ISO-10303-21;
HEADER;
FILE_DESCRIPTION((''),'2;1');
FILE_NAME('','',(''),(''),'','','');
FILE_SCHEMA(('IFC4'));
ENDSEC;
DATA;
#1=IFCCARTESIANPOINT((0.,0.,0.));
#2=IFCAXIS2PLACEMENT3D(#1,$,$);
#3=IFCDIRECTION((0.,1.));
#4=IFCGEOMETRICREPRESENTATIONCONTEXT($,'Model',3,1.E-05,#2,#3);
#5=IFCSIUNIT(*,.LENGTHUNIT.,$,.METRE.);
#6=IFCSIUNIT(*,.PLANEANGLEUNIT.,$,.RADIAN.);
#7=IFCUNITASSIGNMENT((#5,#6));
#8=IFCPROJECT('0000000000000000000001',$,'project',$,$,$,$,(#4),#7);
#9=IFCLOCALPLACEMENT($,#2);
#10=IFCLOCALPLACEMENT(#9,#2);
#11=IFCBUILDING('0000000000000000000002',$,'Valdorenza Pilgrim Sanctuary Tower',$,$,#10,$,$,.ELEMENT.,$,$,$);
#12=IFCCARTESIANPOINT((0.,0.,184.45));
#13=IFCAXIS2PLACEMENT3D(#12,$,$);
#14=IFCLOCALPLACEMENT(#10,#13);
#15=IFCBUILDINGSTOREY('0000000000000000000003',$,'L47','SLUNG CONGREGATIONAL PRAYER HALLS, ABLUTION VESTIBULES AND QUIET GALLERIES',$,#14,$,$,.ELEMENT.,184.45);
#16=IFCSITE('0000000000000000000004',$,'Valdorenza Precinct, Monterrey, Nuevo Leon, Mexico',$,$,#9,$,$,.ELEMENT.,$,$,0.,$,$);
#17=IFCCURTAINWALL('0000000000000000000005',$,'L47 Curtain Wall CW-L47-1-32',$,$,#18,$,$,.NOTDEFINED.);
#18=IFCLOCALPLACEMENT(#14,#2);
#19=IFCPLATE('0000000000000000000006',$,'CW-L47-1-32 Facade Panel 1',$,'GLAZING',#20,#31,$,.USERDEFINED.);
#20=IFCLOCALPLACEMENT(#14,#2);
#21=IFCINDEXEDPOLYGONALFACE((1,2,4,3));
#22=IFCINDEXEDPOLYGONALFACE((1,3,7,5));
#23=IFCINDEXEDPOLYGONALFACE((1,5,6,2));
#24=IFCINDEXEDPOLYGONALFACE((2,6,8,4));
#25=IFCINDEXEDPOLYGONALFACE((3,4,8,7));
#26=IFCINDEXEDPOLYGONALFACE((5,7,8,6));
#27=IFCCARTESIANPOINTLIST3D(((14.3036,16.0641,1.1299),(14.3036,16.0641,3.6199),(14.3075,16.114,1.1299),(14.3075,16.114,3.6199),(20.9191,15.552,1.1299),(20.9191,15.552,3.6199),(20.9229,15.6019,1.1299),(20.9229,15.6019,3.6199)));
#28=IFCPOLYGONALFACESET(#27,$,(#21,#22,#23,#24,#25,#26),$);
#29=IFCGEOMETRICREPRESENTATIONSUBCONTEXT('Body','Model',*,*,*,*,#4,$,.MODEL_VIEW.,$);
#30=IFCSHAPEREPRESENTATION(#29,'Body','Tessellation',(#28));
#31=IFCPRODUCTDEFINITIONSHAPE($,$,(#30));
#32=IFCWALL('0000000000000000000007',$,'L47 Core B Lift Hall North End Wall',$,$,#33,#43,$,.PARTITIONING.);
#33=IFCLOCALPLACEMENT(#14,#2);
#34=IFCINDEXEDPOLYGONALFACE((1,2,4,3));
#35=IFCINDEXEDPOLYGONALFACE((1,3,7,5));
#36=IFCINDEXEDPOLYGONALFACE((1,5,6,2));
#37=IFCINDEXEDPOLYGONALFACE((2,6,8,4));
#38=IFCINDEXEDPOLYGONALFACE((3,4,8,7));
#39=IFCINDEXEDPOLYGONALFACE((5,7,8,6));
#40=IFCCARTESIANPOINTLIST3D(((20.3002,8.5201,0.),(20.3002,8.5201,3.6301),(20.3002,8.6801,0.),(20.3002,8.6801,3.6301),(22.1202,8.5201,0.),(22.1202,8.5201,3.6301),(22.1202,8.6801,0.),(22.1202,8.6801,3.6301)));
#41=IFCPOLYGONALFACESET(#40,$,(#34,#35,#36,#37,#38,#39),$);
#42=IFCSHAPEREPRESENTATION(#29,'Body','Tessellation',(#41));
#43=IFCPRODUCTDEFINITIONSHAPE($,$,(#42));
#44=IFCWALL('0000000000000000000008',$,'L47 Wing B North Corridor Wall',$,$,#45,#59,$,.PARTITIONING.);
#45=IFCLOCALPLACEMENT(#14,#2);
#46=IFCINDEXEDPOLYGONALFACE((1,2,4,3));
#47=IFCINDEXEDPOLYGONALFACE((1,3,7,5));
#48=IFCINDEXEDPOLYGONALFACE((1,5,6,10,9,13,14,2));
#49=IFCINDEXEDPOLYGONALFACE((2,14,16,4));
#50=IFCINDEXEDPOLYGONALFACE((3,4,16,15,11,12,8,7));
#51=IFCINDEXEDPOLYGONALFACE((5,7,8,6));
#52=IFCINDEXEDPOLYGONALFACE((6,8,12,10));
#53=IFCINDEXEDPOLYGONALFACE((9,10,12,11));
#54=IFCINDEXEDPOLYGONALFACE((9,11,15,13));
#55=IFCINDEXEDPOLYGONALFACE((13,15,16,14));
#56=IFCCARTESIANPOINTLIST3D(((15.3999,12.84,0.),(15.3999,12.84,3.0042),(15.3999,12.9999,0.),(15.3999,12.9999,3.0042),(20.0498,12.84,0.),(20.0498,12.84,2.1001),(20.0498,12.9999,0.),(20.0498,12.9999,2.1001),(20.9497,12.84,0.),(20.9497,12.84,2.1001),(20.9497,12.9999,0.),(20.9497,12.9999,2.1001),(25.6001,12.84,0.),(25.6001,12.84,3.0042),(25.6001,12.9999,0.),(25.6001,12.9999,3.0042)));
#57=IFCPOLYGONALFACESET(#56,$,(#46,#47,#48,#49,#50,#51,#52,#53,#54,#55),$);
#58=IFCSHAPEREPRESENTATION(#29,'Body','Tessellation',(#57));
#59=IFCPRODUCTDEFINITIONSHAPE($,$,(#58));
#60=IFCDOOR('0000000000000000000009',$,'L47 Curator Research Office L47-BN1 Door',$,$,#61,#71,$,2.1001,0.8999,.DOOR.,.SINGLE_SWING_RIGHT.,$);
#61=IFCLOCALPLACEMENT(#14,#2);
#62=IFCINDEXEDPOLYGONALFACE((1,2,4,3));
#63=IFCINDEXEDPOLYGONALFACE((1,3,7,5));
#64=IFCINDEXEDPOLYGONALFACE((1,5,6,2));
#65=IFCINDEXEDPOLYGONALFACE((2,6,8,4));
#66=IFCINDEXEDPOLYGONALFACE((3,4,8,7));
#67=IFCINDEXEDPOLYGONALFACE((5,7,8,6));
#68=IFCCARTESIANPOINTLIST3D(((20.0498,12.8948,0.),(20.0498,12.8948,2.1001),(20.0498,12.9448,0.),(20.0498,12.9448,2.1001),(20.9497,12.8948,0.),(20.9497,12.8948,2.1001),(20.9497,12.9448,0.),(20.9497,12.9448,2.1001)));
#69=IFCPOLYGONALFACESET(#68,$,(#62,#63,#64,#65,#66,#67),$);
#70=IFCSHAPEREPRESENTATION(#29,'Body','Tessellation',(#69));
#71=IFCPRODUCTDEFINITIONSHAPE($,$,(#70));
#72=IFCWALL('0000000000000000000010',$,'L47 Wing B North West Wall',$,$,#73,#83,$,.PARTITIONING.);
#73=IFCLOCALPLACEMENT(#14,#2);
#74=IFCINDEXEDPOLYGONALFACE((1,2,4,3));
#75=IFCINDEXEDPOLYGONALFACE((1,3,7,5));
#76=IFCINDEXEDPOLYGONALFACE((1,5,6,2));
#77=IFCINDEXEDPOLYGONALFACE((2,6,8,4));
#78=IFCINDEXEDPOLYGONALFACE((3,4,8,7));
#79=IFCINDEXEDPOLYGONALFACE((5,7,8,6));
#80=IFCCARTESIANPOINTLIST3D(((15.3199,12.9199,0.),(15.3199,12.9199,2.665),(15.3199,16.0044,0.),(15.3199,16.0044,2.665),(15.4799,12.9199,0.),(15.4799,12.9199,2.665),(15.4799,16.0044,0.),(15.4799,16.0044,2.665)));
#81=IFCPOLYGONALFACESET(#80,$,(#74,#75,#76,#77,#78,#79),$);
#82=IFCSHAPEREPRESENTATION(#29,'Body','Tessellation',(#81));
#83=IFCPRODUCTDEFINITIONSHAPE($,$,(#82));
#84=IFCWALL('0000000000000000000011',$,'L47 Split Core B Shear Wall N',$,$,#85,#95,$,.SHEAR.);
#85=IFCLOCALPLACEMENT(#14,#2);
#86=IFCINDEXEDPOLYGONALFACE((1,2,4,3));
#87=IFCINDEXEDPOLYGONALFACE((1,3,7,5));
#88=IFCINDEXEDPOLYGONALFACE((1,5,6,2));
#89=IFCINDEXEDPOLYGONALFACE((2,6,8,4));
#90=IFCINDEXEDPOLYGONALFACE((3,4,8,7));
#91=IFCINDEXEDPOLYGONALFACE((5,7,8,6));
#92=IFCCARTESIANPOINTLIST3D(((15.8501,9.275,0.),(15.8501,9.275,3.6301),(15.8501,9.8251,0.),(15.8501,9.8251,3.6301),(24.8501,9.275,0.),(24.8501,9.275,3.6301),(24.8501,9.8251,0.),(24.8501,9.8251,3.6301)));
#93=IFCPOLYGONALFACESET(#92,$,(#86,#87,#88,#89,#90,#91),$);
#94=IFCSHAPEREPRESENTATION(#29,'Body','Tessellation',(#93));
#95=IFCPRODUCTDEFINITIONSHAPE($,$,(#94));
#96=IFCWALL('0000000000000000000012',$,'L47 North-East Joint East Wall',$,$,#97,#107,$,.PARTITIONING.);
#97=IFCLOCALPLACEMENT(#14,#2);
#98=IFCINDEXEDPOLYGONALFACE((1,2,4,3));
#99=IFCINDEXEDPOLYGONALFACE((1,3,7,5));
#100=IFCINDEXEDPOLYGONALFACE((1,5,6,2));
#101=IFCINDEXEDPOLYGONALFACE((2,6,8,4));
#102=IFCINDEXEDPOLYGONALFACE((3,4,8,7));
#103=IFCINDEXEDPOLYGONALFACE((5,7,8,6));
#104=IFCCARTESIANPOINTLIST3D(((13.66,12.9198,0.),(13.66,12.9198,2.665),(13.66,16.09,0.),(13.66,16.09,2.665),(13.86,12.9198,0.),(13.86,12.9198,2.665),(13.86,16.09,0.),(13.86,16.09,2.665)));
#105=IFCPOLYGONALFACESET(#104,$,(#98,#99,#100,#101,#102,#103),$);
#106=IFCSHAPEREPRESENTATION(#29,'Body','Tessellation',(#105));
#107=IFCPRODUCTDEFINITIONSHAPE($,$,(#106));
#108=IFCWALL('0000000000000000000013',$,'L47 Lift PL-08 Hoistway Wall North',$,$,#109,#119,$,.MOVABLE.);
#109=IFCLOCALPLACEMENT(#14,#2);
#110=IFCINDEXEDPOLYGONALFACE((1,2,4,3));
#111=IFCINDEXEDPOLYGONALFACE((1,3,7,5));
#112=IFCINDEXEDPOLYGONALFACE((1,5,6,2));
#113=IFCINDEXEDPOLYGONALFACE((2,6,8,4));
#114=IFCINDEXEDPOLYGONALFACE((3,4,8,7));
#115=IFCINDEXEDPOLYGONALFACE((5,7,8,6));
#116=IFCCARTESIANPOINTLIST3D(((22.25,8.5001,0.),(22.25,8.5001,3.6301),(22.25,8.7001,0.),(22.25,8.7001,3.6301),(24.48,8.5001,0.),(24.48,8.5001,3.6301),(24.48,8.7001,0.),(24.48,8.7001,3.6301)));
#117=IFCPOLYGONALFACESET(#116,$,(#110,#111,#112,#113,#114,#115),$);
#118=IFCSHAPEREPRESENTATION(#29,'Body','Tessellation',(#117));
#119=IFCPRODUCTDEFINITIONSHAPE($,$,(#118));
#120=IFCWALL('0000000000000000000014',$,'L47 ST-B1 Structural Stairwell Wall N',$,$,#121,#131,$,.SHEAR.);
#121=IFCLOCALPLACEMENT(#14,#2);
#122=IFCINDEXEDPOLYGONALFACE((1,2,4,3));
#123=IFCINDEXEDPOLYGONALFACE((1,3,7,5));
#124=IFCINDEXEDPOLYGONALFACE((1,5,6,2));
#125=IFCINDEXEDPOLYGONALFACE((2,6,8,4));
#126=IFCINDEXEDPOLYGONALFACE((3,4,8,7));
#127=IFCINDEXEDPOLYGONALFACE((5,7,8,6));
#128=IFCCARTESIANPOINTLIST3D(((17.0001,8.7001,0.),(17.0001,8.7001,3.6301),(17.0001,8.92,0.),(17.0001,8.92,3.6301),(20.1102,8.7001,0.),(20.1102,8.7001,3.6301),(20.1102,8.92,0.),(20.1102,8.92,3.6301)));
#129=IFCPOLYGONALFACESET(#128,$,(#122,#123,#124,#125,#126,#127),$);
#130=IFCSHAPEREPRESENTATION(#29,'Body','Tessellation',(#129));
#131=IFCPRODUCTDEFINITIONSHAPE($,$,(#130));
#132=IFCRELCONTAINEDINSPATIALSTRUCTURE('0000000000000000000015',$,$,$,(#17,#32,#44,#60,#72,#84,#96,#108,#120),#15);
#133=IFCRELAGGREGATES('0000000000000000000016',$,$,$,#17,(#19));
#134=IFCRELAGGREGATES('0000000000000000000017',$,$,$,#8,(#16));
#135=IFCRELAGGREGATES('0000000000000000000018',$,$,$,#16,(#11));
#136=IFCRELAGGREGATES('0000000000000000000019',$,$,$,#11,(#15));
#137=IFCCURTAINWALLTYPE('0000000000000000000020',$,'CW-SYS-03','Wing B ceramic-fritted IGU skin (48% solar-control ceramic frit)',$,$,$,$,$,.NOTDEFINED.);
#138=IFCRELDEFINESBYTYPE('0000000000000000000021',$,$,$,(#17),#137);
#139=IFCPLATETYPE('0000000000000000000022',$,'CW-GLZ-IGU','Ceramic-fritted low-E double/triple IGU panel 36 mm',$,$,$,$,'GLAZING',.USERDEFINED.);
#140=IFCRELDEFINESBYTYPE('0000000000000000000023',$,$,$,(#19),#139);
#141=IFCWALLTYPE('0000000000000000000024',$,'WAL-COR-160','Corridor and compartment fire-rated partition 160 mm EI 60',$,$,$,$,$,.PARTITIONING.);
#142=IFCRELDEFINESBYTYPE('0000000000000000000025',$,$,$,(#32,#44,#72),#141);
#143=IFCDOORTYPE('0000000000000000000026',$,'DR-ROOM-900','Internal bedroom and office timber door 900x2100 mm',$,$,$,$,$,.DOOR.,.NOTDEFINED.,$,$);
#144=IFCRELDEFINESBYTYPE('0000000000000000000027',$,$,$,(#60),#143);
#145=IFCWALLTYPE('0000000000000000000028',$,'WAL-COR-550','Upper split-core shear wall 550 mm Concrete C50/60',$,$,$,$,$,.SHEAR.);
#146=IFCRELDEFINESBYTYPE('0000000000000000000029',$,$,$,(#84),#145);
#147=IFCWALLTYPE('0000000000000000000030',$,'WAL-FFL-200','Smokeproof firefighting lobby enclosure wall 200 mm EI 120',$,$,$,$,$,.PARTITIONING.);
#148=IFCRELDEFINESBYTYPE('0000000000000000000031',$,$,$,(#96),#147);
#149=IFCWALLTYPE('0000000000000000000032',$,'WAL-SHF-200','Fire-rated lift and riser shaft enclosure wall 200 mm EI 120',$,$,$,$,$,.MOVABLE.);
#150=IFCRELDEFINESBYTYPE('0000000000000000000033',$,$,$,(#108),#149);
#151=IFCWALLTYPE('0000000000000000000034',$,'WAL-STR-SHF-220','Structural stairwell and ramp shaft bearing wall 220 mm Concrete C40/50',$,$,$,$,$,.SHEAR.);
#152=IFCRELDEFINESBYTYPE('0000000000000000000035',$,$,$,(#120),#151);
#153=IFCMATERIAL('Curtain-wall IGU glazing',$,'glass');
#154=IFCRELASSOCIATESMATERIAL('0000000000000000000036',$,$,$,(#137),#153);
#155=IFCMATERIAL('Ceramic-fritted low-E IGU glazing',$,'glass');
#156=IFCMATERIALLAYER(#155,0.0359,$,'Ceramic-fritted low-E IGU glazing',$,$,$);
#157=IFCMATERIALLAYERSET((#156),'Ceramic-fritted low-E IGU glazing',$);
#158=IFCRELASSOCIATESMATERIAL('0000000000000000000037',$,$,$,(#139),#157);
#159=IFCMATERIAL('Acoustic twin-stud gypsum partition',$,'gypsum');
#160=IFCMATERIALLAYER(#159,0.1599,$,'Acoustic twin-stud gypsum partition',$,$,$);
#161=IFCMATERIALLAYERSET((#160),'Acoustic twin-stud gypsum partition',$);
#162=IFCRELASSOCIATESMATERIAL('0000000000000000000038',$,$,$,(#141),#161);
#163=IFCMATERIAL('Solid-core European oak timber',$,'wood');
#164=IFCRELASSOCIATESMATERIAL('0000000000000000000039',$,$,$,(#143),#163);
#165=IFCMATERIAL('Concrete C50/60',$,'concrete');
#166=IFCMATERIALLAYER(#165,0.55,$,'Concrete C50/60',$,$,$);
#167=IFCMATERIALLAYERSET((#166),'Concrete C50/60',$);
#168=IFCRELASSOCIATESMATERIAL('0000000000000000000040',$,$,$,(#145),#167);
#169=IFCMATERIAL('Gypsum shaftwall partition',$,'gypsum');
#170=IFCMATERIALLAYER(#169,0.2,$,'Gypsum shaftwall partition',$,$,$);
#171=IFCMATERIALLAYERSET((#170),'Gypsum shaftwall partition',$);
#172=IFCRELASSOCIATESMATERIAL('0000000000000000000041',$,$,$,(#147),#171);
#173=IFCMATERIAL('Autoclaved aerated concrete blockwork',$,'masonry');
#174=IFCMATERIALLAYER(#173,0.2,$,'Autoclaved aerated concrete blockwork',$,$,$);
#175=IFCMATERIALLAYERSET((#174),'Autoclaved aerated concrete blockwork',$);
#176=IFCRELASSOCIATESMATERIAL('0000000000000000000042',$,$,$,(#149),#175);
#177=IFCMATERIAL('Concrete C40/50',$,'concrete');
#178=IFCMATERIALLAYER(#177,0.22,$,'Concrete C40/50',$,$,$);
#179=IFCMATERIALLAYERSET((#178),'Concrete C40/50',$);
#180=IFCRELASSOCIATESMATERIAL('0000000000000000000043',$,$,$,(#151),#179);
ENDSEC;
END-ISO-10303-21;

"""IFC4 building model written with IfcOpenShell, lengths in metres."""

from ifc_helpers import new_model, si_unit, direction, frame, frame_2d, origin, origin_2d, place, context, subcontext, project, spatial, rectangle, extrude, source, transform, mapped, material, layer, layer_set, type_object, element, fill, aggregate, save


model = new_model("IFC4")

# Units and contexts
model_context = context("Model", 3, precision=1e-05, world=origin(), true_north=direction((0.0, 1.0)))
body_context = subcontext(model_context, "Body", "Model", "MODEL_VIEW")
ifc_project = project(units=[si_unit("LENGTHUNIT", "METRE"), si_unit("PLANEANGLEUNIT", "RADIAN")], contexts=[model_context])

# Site, building, storey
site_placement = place(None, origin())
site = spatial("IfcSite", under=ifc_project, at=site_placement, Name="Valdorenza Precinct, Monterrey, Nuevo Leon, Mexico", CompositionType="ELEMENT", RefElevation=0.0)
building_placement = place(site_placement, origin())
building = spatial("IfcBuilding", under=site, at=building_placement, Name="Valdorenza Pilgrim Sanctuary Tower", CompositionType="ELEMENT")
storey_placement = place(building_placement, frame((0.0, 0.0, 184.45)))
storey = spatial("IfcBuildingStorey", under=building, at=storey_placement, Name="L47", Description="SLUNG CONGREGATIONAL PRAYER HALLS, ABLUTION VESTIBULES AND QUIET GALLERIES", CompositionType="ELEMENT", Elevation=184.45)

# Shared definitions
ifc_material_1 = material(Name="Concrete C50/60", Category="concrete")

# Curtain wall
ifc_material_2 = material(Name="Curtain-wall IGU glazing", Category="glass")
curtain_wall_type_1 = type_object("IfcCurtainWallType", Name="CW-SYS-03", Description="Wing B ceramic-fritted IGU skin (48% solar-control ceramic frit)", PredefinedType="NOTDEFINED", material=ifc_material_2)
curtain_wall_1_placement = place(storey_placement, origin())
curtain_wall_1 = element("IfcCurtainWall", 1, at=curtain_wall_1_placement, inside=storey, type_object=curtain_wall_type_1, Name="L47 Curtain Wall CW-L47-1-32", PredefinedType="NOTDEFINED")

# Plate
ifc_material_3 = material(Name="Ceramic-fritted low-E IGU glazing", Category="glass")
ifc_layer_1 = layer(ifc_material_3, 0.0359, Name="Ceramic-fritted low-E IGU glazing")
ifc_layer_set_1 = layer_set([ifc_layer_1], Name="Ceramic-fritted low-E IGU glazing")
plate_type_1 = type_object("IfcPlateType", Name="CW-GLZ-IGU", Description="Ceramic-fritted low-E double/triple IGU panel 36 mm", ElementType="GLAZING", PredefinedType="USERDEFINED", material=ifc_layer_set_1)
shared_shape_1 = source(origin(), body_context, "Body", "SweptSolid", [
    extrude(rectangle(XDim=6.6353, YDim=0.05, at=origin_2d()), origin(), (0.0, 0.0, 1.0), 2.49),
])
plate_1_placement = place(storey_placement, frame((17.6133, 15.833, 1.1299), z_axis=(0.0, 0.0, 1.0), x_axis=(0.997016, -0.077189, 0.0)))
plate_1 = element("IfcPlate", 2, at=plate_1_placement, type_object=plate_type_1, Name="CW-L47-1-32 Facade Panel 1", ObjectType="GLAZING", PredefinedType="USERDEFINED", context=body_context, shape_type="MappedRepresentation", body=[
    mapped(shared_shape_1, transform((0.0, 0.0, 0.0), x_axis=(1.0, 0.0, 0.0), y_axis=(0.0, 1.0, 0.0), z_axis=(0.0, 0.0, 1.0), scale=1.0)),
])
aggregate(curtain_wall_1, [plate_1])

# Wall
ifc_material_4 = material(Name="Acoustic twin-stud gypsum partition", Category="gypsum")
ifc_layer_2 = layer(ifc_material_4, 0.1599, Name="Acoustic twin-stud gypsum partition")
ifc_layer_set_2 = layer_set([ifc_layer_2], Name="Acoustic twin-stud gypsum partition")
wall_type_1 = type_object("IfcWallType", Name="WAL-COR-160", Description="Corridor and compartment fire-rated partition 160 mm EI 60", PredefinedType="PARTITIONING", material=ifc_layer_set_2)
wall_1_placement = place(storey_placement, frame((20.3, 8.6001, 0.0), z_axis=(0.0, 0.0, 1.0), x_axis=(1.0, 0.0, 0.0)))
element("IfcWall", 3, at=wall_1_placement, inside=storey, type_object=wall_type_1, Name="L47 Core B Lift Hall North End Wall", PredefinedType="PARTITIONING", context=body_context, shape_type="SweptSolid", body=[
    extrude(rectangle(XDim=1.8201, YDim=0.1599, at=frame_2d((0.9102, 0.0))), origin(), (0.0, 0.0, 1.0), 3.6301),
])

# Wall, opening, door
wall_2_placement = place(storey_placement, frame((15.3999, 12.9199, 0.0), z_axis=(0.0, 0.0, 1.0), x_axis=(1.0, 0.0, 0.0)))
wall_2 = element("IfcWall", 4, at=wall_2_placement, inside=storey, type_object=wall_type_1, Name="L47 Wing B North Corridor Wall", PredefinedType="PARTITIONING", context=body_context, shape_type="SweptSolid", body=[
    extrude(rectangle(XDim=10.2002, YDim=0.1599, at=frame_2d((5.1001, 0.0))), origin(), (0.0, 0.0, 1.0), 3.0042),
])
opening_1_placement = place(wall_2_placement, frame((4.6499, 0.0, 0.0)))
opening_1 = element("IfcOpeningElement", 5, at=opening_1_placement, cuts=wall_2, PredefinedType="OPENING", context=body_context, shape_type="SweptSolid", body=[
    extrude(rectangle(XDim=0.8999, YDim=2.1001, at=frame_2d((0.45, 1.05))), frame((0.0, 0.0947, 0.0), z_axis=(0.0, -1.0, 0.0), x_axis=(1.0, 0.0, 0.0)), (0.0, 0.0, 1.0), 0.1897),
])
ifc_material_5 = material(Name="Solid-core European oak timber", Category="wood")
door_type_1 = type_object("IfcDoorType", Name="DR-ROOM-900", Description="Internal bedroom and office timber door 900x2100 mm", OperationType="NOTDEFINED", PredefinedType="DOOR", material=ifc_material_5)
door_1_placement = place(opening_1_placement, origin())
door_1 = element("IfcDoor", 6, at=door_1_placement, inside=storey, type_object=door_type_1, Name="L47 Curator Research Office L47-BN1 Door", OperationType="SINGLE_SWING_RIGHT", OverallHeight=2.1001, OverallWidth=0.8999, PredefinedType="DOOR", context=body_context, shape_type="SweptSolid", body=[
    extrude(rectangle(XDim=0.8999, YDim=2.1001, at=frame_2d((0.45, 1.05))), frame((0.0, 0.0249, 0.0), z_axis=(0.0, -1.0, 0.0), x_axis=(1.0, 0.0, 0.0)), (0.0, 0.0, 1.0), 0.05),
])
fill(opening_1, door_1)

# Walls
wall_3_placement = place(storey_placement, frame((15.3999, 12.9199, 0.0), z_axis=(0.0, 0.0, 1.0), x_axis=(0.0, 1.0, 0.0)))
element("IfcWall", 7, at=wall_3_placement, inside=storey, type_object=wall_type_1, Name="L47 Wing B North West Wall", PredefinedType="PARTITIONING", context=body_context, shape_type="SweptSolid", body=[
    extrude(rectangle(XDim=3.0845, YDim=0.1599, at=frame_2d((1.5422, 0.0))), origin(), (0.0, 0.0, 1.0), 2.665),
])
ifc_layer_3 = layer(ifc_material_1, 0.55, Name="Concrete C50/60")
ifc_layer_set_3 = layer_set([ifc_layer_3], Name="Concrete C50/60")
wall_type_2 = type_object("IfcWallType", Name="WAL-COR-550", Description="Upper split-core shear wall 550 mm Concrete C50/60", PredefinedType="SHEAR", material=ifc_layer_set_3)
wall_4_placement = place(storey_placement, frame((15.8501, 9.55, 0.0), z_axis=(0.0, 0.0, 1.0), x_axis=(1.0, 0.0, 0.0)))
element("IfcWall", 8, at=wall_4_placement, inside=storey, type_object=wall_type_2, Name="L47 Split Core B Shear Wall N", PredefinedType="SHEAR", context=body_context, shape_type="SweptSolid", body=[
    extrude(rectangle(XDim=9.0, YDim=0.55, at=frame_2d((4.5, 0.0))), origin(), (0.0, 0.0, 1.0), 3.6301),
])
ifc_material_6 = material(Name="Gypsum shaftwall partition", Category="gypsum")
ifc_layer_4 = layer(ifc_material_6, 0.2, Name="Gypsum shaftwall partition")
ifc_layer_set_4 = layer_set([ifc_layer_4], Name="Gypsum shaftwall partition")
wall_type_3 = type_object("IfcWallType", Name="WAL-FFL-200", Description="Smokeproof firefighting lobby enclosure wall 200 mm EI 120", PredefinedType="PARTITIONING", material=ifc_layer_set_4)
wall_5_placement = place(storey_placement, frame((13.76, 12.9199, 0.0), z_axis=(0.0, 0.0, 1.0), x_axis=(0.0, 1.0, 0.0)))
element("IfcWall", 9, at=wall_5_placement, inside=storey, type_object=wall_type_3, Name="L47 North-East Joint East Wall", PredefinedType="PARTITIONING", context=body_context, shape_type="SweptSolid", body=[
    extrude(rectangle(XDim=3.1702, YDim=0.2, at=frame_2d((1.585, 0.0))), origin(), (0.0, 0.0, 1.0), 2.665),
])

# Walls
ifc_material_7 = material(Name="Autoclaved aerated concrete blockwork", Category="masonry")
ifc_layer_5 = layer(ifc_material_7, 0.2, Name="Autoclaved aerated concrete blockwork")
ifc_layer_set_5 = layer_set([ifc_layer_5], Name="Autoclaved aerated concrete blockwork")
wall_type_4 = type_object("IfcWallType", Name="WAL-SHF-200", Description="Fire-rated lift and riser shaft enclosure wall 200 mm EI 120", PredefinedType="MOVABLE", material=ifc_layer_set_5)
wall_6_placement = place(storey_placement, frame((22.25, 8.6001, 0.0), z_axis=(0.0, 0.0, 1.0), x_axis=(1.0, 0.0, 0.0)))
element("IfcWall", 10, at=wall_6_placement, inside=storey, type_object=wall_type_4, Name="L47 Lift PL-08 Hoistway Wall North", PredefinedType="MOVABLE", context=body_context, shape_type="SweptSolid", body=[
    extrude(rectangle(XDim=2.23, YDim=0.2, at=frame_2d((1.115, 0.0))), origin(), (0.0, 0.0, 1.0), 3.6301),
])
ifc_material_8 = material(Name="Concrete C40/50", Category="concrete")
ifc_layer_6 = layer(ifc_material_8, 0.22, Name="Concrete C40/50")
ifc_layer_set_6 = layer_set([ifc_layer_6], Name="Concrete C40/50")
wall_type_5 = type_object("IfcWallType", Name="WAL-STR-SHF-220", Description="Structural stairwell and ramp shaft bearing wall 220 mm Concrete C40/50", PredefinedType="SHEAR", material=ifc_layer_set_6)
wall_7_placement = place(storey_placement, frame((17.0, 8.8101, 0.0), z_axis=(0.0, 0.0, 1.0), x_axis=(1.0, 0.0, 0.0)))
element("IfcWall", 11, at=wall_7_placement, inside=storey, type_object=wall_type_5, Name="L47 ST-B1 Structural Stairwell Wall N", PredefinedType="SHEAR", context=body_context, shape_type="SweptSolid", body=[
    extrude(rectangle(XDim=3.1101, YDim=0.22, at=frame_2d((1.5552, 0.0))), origin(), (0.0, 0.0, 1.0), 3.6301),
])

save(model, "model.ifc")
